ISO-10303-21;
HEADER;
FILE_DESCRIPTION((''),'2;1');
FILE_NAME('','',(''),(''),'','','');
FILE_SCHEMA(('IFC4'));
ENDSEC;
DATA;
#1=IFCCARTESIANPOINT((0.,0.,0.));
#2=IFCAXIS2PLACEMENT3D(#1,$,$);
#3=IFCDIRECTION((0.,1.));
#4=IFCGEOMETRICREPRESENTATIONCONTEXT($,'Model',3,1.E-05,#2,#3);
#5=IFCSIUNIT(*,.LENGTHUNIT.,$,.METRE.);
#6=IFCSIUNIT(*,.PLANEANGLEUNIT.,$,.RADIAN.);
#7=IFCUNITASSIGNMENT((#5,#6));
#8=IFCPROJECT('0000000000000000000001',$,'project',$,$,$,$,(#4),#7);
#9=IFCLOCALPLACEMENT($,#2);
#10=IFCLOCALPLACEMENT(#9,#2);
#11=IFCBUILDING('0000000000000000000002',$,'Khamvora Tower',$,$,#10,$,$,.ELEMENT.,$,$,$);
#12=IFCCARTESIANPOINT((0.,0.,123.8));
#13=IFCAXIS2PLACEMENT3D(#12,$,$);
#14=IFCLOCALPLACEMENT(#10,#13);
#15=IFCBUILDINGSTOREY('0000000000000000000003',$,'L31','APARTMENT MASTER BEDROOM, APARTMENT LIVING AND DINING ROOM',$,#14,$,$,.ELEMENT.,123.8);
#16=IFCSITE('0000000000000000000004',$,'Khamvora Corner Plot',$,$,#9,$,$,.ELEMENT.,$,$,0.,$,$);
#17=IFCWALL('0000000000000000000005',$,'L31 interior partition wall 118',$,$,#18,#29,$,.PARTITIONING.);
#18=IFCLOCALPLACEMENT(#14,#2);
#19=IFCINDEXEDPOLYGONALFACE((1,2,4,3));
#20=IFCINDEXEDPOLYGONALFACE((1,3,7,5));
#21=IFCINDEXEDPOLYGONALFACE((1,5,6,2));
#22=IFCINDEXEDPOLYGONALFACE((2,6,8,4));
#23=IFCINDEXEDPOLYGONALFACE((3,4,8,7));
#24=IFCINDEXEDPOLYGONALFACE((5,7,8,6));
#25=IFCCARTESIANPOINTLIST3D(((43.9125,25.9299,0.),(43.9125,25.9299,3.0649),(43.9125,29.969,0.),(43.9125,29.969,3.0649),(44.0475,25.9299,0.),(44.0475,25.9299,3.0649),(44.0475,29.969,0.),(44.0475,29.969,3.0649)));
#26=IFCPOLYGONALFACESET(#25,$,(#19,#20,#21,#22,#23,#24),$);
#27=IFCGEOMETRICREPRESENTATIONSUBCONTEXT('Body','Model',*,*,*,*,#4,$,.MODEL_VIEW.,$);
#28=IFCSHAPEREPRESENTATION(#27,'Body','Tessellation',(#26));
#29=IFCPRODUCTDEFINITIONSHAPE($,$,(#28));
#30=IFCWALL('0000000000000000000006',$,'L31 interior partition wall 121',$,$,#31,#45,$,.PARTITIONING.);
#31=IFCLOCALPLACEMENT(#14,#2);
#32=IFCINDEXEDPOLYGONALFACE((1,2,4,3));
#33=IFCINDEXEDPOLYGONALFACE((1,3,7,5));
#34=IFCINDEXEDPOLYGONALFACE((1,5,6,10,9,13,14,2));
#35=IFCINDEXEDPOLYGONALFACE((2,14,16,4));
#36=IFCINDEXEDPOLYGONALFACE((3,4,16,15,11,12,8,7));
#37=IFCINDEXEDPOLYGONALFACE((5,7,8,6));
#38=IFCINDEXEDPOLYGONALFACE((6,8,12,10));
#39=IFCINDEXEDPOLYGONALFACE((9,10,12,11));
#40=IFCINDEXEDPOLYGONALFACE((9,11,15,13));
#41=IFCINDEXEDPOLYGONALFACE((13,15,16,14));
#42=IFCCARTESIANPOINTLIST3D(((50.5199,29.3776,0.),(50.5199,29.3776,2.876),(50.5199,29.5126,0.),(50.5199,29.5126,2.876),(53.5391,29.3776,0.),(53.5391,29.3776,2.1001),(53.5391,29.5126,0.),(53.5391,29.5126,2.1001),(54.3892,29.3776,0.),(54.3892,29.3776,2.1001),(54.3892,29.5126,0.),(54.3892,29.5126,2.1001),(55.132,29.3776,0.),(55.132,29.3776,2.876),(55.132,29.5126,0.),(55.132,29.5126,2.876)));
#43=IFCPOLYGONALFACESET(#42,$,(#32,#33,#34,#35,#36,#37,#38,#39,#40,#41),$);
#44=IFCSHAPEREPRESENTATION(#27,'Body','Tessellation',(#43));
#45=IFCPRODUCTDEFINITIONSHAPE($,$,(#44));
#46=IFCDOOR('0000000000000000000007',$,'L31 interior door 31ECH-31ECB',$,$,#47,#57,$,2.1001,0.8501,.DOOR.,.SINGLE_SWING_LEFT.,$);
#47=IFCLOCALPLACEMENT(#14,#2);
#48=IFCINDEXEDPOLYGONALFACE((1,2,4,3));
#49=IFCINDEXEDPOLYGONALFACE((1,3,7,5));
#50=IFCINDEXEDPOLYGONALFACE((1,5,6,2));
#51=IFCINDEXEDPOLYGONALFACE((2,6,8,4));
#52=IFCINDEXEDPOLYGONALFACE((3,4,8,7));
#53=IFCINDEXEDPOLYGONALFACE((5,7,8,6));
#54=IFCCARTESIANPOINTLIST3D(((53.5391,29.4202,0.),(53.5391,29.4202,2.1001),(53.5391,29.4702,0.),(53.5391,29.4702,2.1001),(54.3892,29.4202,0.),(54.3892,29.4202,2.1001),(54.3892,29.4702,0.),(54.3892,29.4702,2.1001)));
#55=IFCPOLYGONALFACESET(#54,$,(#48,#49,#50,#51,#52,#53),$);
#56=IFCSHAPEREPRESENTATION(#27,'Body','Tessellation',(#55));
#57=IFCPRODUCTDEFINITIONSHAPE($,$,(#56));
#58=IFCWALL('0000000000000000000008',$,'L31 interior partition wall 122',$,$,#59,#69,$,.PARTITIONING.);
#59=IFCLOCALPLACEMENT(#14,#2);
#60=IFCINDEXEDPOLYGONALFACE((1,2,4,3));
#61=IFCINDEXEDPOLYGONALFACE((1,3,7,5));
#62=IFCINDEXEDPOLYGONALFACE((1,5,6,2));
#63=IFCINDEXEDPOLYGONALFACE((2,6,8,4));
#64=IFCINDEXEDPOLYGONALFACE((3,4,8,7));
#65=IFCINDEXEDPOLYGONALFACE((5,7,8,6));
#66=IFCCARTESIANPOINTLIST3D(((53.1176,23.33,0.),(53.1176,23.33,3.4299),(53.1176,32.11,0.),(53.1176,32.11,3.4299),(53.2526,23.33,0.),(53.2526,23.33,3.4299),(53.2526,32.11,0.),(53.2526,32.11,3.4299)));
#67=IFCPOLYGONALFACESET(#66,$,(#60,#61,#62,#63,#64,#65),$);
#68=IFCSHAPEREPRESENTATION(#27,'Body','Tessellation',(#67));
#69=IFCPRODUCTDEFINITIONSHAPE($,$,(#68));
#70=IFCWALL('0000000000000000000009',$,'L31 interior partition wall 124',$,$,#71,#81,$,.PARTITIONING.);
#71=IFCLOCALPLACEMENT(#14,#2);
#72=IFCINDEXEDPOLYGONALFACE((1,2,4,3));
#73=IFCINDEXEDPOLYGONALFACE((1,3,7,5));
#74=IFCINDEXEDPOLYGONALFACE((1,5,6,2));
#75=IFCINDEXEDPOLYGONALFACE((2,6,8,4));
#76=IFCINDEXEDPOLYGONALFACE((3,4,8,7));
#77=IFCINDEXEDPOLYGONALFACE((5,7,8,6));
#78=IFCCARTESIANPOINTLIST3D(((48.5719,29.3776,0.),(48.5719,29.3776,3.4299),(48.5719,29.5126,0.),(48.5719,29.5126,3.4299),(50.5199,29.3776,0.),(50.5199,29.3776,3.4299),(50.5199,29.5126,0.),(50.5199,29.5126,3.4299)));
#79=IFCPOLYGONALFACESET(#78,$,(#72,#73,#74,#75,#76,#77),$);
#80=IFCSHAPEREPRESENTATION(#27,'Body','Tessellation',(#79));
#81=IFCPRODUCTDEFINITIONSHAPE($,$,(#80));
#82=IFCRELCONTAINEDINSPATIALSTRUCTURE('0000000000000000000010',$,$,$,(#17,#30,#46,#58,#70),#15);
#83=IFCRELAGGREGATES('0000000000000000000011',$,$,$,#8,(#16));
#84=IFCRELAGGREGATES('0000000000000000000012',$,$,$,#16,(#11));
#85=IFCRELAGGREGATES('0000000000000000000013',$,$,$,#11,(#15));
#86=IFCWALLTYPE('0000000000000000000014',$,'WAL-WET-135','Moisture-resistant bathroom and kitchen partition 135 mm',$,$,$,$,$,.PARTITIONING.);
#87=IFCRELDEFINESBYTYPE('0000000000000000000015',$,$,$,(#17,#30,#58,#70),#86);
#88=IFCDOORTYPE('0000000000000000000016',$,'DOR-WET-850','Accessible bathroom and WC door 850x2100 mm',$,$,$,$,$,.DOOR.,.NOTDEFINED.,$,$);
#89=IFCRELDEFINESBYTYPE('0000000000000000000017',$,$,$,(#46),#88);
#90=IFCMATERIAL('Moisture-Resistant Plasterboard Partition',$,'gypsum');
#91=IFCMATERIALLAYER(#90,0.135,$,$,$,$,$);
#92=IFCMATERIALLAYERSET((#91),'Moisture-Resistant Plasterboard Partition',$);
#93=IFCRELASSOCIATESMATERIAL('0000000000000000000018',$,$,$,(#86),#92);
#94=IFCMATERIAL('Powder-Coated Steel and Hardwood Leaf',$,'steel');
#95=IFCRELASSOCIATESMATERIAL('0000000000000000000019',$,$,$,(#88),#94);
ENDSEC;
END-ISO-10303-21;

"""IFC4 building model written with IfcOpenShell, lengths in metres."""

from ifc_helpers import new_model, si_unit, direction, frame, frame_2d, origin, place, context, subcontext, project, spatial, rectangle, extrude, material, layer, layer_set, type_object, element, fill, save


model = new_model("IFC4")

# Units and contexts
model_context = context("Model", 3, precision=1e-05, world=origin(), true_north=direction((0.0, 1.0)))
body_context = subcontext(model_context, "Body", "Model", "MODEL_VIEW")
ifc_project = project(units=[si_unit("LENGTHUNIT", "METRE"), si_unit("PLANEANGLEUNIT", "RADIAN")], contexts=[model_context])

# Site, building, storey
site_placement = place(None, origin())
site = spatial("IfcSite", under=ifc_project, at=site_placement, Name="Khamvora Corner Plot", CompositionType="ELEMENT", RefElevation=0.0)
building_placement = place(site_placement, origin())
building = spatial("IfcBuilding", under=site, at=building_placement, Name="Khamvora Tower", CompositionType="ELEMENT")
storey_placement = place(building_placement, frame((0.0, 0.0, 123.8)))
storey = spatial("IfcBuildingStorey", under=building, at=storey_placement, Name="L31", Description="APARTMENT MASTER BEDROOM, APARTMENT LIVING AND DINING ROOM", CompositionType="ELEMENT", Elevation=123.8)

# Shared definitions
ifc_material_1 = material(Name="Powder-Coated Steel and Hardwood Leaf", Category="steel")

# Shared definitions
ifc_material_2 = material(Name="Moisture-Resistant Plasterboard Partition", Category="gypsum")
ifc_layer_1 = layer(ifc_material_2, 0.135)
ifc_layer_set_1 = layer_set([ifc_layer_1], Name="Moisture-Resistant Plasterboard Partition")
wall_type_1 = type_object("IfcWallType", Name="WAL-WET-135", Description="Moisture-resistant bathroom and kitchen partition 135 mm", PredefinedType="PARTITIONING", material=ifc_layer_set_1)
door_type_1 = type_object("IfcDoorType", Name="DOR-WET-850", Description="Accessible bathroom and WC door 850x2100 mm", OperationType="NOTDEFINED", PredefinedType="DOOR", material=ifc_material_1)

# Wall
wall_1_placement = place(storey_placement, frame((43.98, 29.969, 0.0), z_axis=(0.0, 0.0, 1.0), x_axis=(0.0, -1.0, 0.0)))
element("IfcWall", 1, at=wall_1_placement, inside=storey, type_object=wall_type_1, Name="L31 interior partition wall 118", PredefinedType="PARTITIONING", context=body_context, shape_type="SweptSolid", body=[
    extrude(rectangle(XDim=4.0391, YDim=0.135, at=frame_2d((2.0195, 0.0))), origin(), (0.0, 0.0, 1.0), 3.0649),
])

# Wall, opening, door
wall_2_placement = place(storey_placement, frame((55.1321, 29.4451, 0.0), z_axis=(0.0, 0.0, 1.0), x_axis=(-1.0, 0.0, 0.0)))
wall_2 = element("IfcWall", 2, at=wall_2_placement, inside=storey, type_object=wall_type_1, Name="L31 interior partition wall 121", PredefinedType="PARTITIONING", context=body_context, shape_type="SweptSolid", body=[
    extrude(rectangle(XDim=4.6121, YDim=0.135, at=frame_2d((2.3062, 0.0))), origin(), (0.0, 0.0, 1.0), 2.876),
])
opening_1_placement = place(wall_2_placement, frame((0.7429, 0.0, 0.0)))
opening_1 = element("IfcOpeningElement", 3, at=opening_1_placement, cuts=wall_2, PredefinedType="OPENING", context=body_context, shape_type="SweptSolid", body=[
    extrude(rectangle(XDim=0.8501, YDim=2.1001, at=frame_2d((0.425, 1.05))), frame((0.0, 0.0774, 0.0), z_axis=(0.0, -1.0, 0.0), x_axis=(1.0, 0.0, 0.0)), (0.0, 0.0, 1.0), 0.155),
])
door_1_placement = place(opening_1_placement, origin())
door_1 = element("IfcDoor", 4, at=door_1_placement, inside=storey, type_object=door_type_1, Name="L31 interior door 31ECH-31ECB", OperationType="SINGLE_SWING_LEFT", OverallHeight=2.1001, OverallWidth=0.8501, PredefinedType="DOOR", context=body_context, shape_type="SweptSolid", body=[
    extrude(rectangle(XDim=0.8501, YDim=2.1001, at=frame_2d((0.425, 1.05))), frame((0.0, 0.0249, 0.0), z_axis=(0.0, -1.0, 0.0), x_axis=(1.0, 0.0, 0.0)), (0.0, 0.0, 1.0), 0.05),
])
fill(opening_1, door_1)

# Walls
wall_3_placement = place(storey_placement, frame((53.1851, 32.1101, 0.0), z_axis=(0.0, 0.0, 1.0), x_axis=(0.0, -1.0, 0.0)))
element("IfcWall", 5, at=wall_3_placement, inside=storey, type_object=wall_type_1, Name="L31 interior partition wall 122", PredefinedType="PARTITIONING", context=body_context, shape_type="SweptSolid", body=[
    extrude(rectangle(XDim=8.78, YDim=0.135, at=frame_2d((4.3901, 0.0))), origin(), (0.0, 0.0, 1.0), 3.4299),
])
wall_4_placement = place(storey_placement, frame((50.52, 29.4451, 0.0), z_axis=(0.0, 0.0, 1.0), x_axis=(-1.0, 0.0, 0.0)))
element("IfcWall", 6, at=wall_4_placement, inside=storey, type_object=wall_type_1, Name="L31 interior partition wall 124", PredefinedType="PARTITIONING", context=body_context, shape_type="SweptSolid", body=[
    extrude(rectangle(XDim=1.948, YDim=0.135, at=frame_2d((0.9741, 0.0))), origin(), (0.0, 0.0, 1.0), 3.4299),
])

save(model, "model.ifc")
